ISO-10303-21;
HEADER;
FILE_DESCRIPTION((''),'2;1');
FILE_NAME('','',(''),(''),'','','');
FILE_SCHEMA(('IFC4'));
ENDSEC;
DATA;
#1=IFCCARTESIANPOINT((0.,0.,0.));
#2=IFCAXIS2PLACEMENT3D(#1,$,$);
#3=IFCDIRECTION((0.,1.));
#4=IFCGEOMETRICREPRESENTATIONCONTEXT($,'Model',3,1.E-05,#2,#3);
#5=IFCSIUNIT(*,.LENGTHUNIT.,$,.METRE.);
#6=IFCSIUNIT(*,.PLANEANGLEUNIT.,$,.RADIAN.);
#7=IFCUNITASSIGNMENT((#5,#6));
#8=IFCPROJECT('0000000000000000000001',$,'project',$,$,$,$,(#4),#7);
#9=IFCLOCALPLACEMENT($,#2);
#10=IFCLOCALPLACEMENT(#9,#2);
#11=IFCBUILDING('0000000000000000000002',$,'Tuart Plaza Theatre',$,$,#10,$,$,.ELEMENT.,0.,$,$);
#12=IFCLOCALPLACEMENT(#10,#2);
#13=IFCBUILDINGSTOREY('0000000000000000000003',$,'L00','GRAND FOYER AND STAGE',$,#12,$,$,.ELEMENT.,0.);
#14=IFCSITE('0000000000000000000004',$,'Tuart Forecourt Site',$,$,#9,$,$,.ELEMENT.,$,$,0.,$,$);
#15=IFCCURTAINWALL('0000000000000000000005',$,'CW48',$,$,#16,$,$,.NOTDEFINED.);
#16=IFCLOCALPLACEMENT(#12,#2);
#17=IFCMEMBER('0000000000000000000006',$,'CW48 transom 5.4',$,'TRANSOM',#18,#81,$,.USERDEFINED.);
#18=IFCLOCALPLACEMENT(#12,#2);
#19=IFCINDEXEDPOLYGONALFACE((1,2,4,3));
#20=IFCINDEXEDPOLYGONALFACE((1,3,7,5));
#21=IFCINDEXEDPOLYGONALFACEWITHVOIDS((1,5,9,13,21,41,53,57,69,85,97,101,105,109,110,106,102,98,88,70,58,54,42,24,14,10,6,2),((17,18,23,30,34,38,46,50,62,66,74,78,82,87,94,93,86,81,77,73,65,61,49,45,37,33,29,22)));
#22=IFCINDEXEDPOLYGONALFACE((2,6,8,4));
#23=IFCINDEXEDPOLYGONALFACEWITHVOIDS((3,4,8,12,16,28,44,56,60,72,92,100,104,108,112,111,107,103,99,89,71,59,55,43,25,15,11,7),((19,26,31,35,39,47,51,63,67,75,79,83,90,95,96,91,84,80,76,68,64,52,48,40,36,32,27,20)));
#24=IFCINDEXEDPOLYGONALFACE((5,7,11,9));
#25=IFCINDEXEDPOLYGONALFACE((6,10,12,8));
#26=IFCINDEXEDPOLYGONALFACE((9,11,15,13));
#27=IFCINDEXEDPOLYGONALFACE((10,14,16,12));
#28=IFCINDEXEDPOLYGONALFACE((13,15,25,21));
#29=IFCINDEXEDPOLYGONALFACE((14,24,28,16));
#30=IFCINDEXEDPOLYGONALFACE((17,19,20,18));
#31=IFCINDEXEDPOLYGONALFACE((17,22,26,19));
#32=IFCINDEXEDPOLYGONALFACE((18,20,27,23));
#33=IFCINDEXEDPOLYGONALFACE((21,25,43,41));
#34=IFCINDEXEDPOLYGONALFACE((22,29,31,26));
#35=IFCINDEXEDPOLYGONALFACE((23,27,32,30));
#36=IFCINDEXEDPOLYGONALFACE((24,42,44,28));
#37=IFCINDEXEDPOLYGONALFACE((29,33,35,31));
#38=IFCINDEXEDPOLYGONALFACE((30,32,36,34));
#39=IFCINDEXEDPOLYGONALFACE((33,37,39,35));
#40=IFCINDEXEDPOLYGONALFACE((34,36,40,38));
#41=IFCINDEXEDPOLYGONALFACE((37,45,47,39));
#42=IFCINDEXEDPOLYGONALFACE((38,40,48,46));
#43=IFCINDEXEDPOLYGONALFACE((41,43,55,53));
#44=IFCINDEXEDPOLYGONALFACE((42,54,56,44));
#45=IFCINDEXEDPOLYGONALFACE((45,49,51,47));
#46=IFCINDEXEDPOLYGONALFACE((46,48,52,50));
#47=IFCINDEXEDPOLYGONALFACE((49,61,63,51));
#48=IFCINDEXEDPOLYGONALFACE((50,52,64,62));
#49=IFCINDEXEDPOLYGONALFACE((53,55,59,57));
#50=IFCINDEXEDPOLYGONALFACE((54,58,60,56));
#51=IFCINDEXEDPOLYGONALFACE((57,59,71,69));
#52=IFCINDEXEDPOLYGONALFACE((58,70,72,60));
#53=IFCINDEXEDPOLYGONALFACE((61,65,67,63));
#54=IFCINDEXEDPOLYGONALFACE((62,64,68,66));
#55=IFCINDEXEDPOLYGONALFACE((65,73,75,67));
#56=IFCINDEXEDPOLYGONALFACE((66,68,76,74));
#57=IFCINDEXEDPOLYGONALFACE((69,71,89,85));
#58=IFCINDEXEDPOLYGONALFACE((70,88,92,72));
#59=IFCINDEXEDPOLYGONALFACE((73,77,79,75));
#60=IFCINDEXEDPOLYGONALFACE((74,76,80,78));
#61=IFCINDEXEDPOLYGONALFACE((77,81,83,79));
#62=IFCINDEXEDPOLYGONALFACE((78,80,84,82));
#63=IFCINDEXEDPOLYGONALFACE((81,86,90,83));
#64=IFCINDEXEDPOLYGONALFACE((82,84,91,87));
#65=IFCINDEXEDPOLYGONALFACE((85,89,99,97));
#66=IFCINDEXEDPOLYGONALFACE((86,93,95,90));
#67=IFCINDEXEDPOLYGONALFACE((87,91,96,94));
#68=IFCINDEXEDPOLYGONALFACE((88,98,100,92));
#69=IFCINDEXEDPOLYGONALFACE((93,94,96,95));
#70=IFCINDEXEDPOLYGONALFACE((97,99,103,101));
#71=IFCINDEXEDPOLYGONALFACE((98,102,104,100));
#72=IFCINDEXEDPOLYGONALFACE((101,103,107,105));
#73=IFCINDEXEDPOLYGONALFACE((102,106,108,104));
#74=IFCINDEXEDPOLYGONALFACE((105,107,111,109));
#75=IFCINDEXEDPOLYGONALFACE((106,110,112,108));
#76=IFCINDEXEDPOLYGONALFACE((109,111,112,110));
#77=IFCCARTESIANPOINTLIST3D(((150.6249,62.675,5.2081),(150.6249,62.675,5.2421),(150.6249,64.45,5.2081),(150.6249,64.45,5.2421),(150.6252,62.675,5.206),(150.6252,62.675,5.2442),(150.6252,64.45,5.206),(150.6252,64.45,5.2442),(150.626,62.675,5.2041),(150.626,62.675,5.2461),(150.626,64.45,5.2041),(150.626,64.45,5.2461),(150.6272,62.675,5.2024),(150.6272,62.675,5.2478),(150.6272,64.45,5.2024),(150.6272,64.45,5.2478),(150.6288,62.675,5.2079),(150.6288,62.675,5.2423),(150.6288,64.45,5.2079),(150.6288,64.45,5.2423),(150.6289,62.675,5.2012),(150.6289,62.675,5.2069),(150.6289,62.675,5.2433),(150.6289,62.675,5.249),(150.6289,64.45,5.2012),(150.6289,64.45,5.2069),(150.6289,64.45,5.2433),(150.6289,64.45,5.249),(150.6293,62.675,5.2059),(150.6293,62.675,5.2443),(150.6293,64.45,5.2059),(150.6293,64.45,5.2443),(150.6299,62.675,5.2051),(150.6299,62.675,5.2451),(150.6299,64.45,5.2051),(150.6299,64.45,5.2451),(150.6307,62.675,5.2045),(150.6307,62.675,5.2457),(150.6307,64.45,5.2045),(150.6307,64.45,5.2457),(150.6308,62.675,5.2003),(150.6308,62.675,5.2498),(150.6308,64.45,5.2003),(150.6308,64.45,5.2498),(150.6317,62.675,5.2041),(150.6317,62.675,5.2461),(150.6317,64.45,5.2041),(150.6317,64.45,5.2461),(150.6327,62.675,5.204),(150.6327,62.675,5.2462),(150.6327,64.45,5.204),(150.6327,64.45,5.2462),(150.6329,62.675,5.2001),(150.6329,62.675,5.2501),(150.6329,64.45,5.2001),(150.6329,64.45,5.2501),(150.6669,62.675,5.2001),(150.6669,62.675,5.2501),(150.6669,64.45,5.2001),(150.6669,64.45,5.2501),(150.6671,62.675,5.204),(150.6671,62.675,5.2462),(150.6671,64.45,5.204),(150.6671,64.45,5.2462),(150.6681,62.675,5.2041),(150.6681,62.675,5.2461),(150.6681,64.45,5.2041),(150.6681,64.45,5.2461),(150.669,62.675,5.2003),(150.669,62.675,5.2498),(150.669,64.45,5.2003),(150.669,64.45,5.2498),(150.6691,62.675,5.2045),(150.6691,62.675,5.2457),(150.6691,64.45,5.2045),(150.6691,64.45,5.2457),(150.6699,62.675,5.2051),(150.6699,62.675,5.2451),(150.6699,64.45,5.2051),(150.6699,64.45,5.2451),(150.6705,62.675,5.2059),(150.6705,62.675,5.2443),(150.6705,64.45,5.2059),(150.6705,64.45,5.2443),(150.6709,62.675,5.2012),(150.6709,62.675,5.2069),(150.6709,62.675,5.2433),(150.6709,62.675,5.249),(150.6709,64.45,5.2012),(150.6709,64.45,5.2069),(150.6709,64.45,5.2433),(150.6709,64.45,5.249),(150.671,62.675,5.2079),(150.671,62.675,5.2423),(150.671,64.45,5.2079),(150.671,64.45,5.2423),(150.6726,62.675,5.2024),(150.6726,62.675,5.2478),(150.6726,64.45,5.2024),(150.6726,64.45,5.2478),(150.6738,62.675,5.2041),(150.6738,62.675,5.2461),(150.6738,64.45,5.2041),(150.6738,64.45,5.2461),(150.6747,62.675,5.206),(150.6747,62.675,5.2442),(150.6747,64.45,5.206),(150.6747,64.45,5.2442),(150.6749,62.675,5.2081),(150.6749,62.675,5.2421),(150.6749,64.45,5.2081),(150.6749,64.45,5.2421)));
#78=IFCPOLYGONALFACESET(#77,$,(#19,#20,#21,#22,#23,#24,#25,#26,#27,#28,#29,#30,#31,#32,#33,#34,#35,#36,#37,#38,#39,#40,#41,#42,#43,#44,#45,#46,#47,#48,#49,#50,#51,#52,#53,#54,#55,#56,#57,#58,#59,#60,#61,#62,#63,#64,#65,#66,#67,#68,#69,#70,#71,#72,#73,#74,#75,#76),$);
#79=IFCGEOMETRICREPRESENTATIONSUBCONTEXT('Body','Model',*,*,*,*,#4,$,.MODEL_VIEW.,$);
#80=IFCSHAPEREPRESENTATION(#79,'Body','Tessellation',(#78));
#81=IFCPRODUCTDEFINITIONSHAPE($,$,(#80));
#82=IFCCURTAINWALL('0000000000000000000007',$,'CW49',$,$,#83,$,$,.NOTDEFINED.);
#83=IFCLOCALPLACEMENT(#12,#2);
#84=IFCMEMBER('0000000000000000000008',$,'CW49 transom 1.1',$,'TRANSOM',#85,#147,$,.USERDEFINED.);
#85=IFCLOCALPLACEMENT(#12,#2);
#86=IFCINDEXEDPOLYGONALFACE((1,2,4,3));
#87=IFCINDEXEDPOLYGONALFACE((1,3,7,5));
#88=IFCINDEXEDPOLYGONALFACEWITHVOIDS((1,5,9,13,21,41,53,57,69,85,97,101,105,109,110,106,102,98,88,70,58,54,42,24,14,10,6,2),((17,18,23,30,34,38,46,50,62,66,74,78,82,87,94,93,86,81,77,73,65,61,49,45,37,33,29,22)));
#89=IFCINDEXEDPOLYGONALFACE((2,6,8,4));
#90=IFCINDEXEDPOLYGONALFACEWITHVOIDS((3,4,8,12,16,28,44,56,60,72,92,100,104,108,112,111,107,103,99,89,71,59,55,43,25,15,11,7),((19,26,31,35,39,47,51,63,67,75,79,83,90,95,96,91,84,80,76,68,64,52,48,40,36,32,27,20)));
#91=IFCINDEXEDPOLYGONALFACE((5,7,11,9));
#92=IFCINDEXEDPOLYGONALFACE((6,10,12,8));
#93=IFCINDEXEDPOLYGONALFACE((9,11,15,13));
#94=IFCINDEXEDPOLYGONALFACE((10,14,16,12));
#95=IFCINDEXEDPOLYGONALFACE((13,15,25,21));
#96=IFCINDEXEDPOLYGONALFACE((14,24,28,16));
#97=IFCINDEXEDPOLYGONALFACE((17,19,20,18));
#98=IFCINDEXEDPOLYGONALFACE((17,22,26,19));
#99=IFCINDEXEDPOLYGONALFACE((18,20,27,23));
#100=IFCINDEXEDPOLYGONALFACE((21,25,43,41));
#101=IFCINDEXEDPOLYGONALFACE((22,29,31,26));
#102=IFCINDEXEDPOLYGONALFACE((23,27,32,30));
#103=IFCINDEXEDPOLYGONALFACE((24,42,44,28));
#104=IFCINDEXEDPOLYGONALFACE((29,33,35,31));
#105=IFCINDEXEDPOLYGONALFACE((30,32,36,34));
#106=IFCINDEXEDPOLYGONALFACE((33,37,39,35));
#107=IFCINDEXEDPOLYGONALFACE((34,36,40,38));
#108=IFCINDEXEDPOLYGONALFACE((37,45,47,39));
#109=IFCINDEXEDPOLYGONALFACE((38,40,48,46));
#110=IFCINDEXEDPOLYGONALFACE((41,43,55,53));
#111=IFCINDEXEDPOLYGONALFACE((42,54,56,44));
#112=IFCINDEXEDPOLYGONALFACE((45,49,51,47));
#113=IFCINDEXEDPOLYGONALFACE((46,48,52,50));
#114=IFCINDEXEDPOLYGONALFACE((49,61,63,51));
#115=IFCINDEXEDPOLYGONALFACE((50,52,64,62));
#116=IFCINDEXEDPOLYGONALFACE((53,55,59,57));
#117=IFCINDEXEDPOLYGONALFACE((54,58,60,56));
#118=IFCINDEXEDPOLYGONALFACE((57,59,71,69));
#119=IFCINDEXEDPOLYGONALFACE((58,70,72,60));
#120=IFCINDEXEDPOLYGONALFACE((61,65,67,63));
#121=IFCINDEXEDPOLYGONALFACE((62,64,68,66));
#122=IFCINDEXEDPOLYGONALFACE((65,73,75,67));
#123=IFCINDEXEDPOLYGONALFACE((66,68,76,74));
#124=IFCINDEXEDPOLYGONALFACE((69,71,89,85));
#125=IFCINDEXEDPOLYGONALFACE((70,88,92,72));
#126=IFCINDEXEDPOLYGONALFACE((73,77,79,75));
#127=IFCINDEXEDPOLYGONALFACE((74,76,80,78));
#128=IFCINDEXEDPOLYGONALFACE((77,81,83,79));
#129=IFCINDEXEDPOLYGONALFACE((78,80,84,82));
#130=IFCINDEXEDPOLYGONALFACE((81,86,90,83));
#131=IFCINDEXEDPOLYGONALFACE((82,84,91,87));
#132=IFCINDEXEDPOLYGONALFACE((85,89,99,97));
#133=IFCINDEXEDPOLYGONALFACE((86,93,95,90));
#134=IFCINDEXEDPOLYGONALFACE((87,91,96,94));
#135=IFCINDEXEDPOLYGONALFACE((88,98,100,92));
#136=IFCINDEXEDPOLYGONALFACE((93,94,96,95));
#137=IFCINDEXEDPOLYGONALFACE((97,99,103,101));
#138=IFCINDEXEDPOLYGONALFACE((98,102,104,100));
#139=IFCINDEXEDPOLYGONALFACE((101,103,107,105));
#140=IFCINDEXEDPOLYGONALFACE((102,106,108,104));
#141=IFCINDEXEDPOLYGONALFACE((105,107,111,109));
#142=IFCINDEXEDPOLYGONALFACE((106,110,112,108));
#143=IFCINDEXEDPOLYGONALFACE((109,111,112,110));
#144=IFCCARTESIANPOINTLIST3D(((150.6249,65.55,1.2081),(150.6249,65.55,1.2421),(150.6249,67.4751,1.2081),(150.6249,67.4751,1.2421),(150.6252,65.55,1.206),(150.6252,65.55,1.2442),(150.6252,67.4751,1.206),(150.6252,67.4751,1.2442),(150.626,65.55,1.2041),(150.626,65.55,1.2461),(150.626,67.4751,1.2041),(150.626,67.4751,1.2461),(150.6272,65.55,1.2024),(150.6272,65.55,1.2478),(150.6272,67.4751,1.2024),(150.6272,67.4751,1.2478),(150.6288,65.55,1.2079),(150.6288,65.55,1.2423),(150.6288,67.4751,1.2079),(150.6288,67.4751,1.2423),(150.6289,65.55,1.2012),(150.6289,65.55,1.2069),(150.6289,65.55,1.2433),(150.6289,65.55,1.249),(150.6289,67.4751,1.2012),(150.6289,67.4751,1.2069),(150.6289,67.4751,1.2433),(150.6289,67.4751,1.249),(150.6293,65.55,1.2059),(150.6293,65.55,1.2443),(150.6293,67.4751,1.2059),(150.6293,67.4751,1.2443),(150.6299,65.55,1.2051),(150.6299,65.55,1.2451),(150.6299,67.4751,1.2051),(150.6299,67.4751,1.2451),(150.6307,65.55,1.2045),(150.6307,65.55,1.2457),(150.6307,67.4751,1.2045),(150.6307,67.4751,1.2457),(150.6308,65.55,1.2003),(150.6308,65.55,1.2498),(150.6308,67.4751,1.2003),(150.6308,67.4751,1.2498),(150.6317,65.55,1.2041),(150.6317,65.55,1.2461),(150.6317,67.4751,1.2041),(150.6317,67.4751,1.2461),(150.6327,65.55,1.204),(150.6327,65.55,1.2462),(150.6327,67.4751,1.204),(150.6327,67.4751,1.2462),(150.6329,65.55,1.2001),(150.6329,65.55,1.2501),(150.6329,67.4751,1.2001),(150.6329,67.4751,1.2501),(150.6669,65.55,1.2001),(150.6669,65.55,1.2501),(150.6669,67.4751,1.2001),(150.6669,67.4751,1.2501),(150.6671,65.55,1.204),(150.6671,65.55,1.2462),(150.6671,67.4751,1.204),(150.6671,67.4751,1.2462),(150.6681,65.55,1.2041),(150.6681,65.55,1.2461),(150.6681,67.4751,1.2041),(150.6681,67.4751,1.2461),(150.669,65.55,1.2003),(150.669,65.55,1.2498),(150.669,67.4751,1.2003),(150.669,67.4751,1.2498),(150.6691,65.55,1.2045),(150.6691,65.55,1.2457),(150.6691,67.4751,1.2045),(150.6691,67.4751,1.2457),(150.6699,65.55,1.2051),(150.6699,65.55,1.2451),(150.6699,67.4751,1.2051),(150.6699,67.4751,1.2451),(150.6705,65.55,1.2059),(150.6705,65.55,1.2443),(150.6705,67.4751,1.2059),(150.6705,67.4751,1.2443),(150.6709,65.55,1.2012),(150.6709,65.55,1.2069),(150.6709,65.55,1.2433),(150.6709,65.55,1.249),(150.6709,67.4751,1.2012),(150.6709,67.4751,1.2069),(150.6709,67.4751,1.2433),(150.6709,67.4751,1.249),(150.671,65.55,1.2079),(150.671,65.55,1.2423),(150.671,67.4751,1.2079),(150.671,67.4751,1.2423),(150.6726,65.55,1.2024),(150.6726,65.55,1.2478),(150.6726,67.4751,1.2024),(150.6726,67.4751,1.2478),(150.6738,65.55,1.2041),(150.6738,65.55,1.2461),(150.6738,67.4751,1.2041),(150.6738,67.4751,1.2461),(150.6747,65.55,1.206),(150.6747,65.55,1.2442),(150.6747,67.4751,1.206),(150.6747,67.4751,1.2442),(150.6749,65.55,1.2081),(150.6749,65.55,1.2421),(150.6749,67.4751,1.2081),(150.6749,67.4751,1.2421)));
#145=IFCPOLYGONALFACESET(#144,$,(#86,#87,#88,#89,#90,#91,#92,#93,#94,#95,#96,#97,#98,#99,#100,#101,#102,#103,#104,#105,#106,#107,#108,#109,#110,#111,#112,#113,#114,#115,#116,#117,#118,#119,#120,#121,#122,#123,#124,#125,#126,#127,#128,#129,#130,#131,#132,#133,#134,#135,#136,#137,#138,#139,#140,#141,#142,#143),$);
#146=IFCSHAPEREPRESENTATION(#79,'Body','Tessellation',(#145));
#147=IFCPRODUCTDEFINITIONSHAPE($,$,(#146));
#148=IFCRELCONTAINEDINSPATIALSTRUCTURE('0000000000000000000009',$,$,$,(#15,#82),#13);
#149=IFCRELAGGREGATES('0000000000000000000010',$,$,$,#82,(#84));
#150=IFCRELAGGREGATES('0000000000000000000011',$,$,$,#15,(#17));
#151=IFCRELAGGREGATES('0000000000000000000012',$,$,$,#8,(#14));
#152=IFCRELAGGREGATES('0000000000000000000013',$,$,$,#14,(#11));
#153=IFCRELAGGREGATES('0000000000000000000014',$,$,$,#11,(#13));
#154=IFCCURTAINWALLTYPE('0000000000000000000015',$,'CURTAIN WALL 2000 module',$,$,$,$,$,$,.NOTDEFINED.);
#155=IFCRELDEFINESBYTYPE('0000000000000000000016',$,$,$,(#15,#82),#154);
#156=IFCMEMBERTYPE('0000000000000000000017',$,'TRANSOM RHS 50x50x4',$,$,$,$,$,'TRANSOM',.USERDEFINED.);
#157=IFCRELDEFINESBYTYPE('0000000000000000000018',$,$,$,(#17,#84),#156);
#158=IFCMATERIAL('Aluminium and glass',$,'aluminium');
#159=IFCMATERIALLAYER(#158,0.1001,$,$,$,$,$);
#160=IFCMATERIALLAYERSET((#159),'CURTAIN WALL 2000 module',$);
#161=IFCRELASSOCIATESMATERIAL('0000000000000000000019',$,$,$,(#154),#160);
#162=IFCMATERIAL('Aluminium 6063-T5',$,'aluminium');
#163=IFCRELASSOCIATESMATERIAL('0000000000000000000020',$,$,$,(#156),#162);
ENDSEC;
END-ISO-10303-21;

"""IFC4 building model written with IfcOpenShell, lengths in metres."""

from ifc_helpers import new_model, si_unit, direction, frame, origin, origin_2d, place, context, subcontext, project, spatial, hollow_rectangle, extrude, material, layer, layer_set, material_profile, profile_set, type_object, element, aggregate, save


model = new_model("IFC4")

# Units and contexts
model_context = context("Model", 3, precision=1e-05, world=origin(), true_north=direction((0.0, 1.0)))
body_context = subcontext(model_context, "Body", "Model", "MODEL_VIEW")
ifc_project = project(units=[si_unit("LENGTHUNIT", "METRE"), si_unit("PLANEANGLEUNIT", "RADIAN")], contexts=[model_context])

# Site, building, storey
site_placement = place(None, origin())
site = spatial("IfcSite", under=ifc_project, at=site_placement, Name="Tuart Forecourt Site", CompositionType="ELEMENT", RefElevation=0.0)
building_placement = place(site_placement, origin())
building = spatial("IfcBuilding", under=site, at=building_placement, Name="Tuart Plaza Theatre", CompositionType="ELEMENT", ElevationOfRefHeight=0.0)
storey_placement = place(building_placement, origin())
storey = spatial("IfcBuildingStorey", under=building, at=storey_placement, Name="L00", Description="GRAND FOYER AND STAGE", CompositionType="ELEMENT", Elevation=0.0)

# Curtain walls, members
ifc_material_1 = material(Name="Aluminium and glass", Category="aluminium")
ifc_layer_1 = layer(ifc_material_1, 0.1001)
ifc_layer_set_1 = layer_set([ifc_layer_1], Name="CURTAIN WALL 2000 module")
curtain_wall_type = type_object("IfcCurtainWallType", Name="CURTAIN WALL 2000 module", PredefinedType="NOTDEFINED", material=ifc_layer_set_1)
curtain_wall_1_placement = place(storey_placement, origin())
curtain_wall_1 = element("IfcCurtainWall", 1, at=curtain_wall_1_placement, inside=storey, type_object=curtain_wall_type, Name="CW48", PredefinedType="NOTDEFINED")
ifc_material_2 = material(Name="Aluminium 6063-T5", Category="aluminium")
ifc_material_profile_1 = material_profile(ifc_material_2, hollow_rectangle(XDim=0.05, YDim=0.05, WallThickness=0.0039, InnerFilletRadius=0.0039, OuterFilletRadius=0.0081, at=origin_2d()), Name="RHS 50x50x4")
ifc_profile_set_1 = profile_set([ifc_material_profile_1], Name="Aluminium 6063-T5")
member_type_1 = type_object("IfcMemberType", Name="TRANSOM RHS 50x50x4", ElementType="TRANSOM", PredefinedType="USERDEFINED", material=ifc_profile_set_1)
member_1_placement = place(storey_placement, frame((150.6499, 62.675, 5.2251), z_axis=(0.0, 1.0, 0.0), x_axis=(-1.0, 0.0, 0.0)))
member_1 = element("IfcMember", 2, at=member_1_placement, type_object=member_type_1, Name="CW48 transom 5.4", ObjectType="TRANSOM", PredefinedType="USERDEFINED", context=body_context, shape_type="SweptSolid", body=[
    extrude(hollow_rectangle(XDim=0.05, YDim=0.05, WallThickness=0.0039, InnerFilletRadius=0.0039, OuterFilletRadius=0.0081, at=origin_2d()), origin(), (0.0, 0.0, 1.0), 1.7749),
])
curtain_wall_2_placement = place(storey_placement, origin())
curtain_wall_2 = element("IfcCurtainWall", 3, at=curtain_wall_2_placement, inside=storey, type_object=curtain_wall_type, Name="CW49", PredefinedType="NOTDEFINED")
member_2_placement = place(storey_placement, frame((150.6499, 65.55, 1.2251), z_axis=(0.0, 1.0, 0.0), x_axis=(-1.0, 0.0, 0.0)))
member_2 = element("IfcMember", 4, at=member_2_placement, type_object=member_type_1, Name="CW49 transom 1.1", ObjectType="TRANSOM", PredefinedType="USERDEFINED", context=body_context, shape_type="SweptSolid", body=[
    extrude(hollow_rectangle(XDim=0.05, YDim=0.05, WallThickness=0.0039, InnerFilletRadius=0.0039, OuterFilletRadius=0.0081, at=origin_2d()), origin(), (0.0, 0.0, 1.0), 1.925),
])
aggregate(curtain_wall_2, [member_2])

aggregate(curtain_wall_1, [member_1])

save(model, "model.ifc")
